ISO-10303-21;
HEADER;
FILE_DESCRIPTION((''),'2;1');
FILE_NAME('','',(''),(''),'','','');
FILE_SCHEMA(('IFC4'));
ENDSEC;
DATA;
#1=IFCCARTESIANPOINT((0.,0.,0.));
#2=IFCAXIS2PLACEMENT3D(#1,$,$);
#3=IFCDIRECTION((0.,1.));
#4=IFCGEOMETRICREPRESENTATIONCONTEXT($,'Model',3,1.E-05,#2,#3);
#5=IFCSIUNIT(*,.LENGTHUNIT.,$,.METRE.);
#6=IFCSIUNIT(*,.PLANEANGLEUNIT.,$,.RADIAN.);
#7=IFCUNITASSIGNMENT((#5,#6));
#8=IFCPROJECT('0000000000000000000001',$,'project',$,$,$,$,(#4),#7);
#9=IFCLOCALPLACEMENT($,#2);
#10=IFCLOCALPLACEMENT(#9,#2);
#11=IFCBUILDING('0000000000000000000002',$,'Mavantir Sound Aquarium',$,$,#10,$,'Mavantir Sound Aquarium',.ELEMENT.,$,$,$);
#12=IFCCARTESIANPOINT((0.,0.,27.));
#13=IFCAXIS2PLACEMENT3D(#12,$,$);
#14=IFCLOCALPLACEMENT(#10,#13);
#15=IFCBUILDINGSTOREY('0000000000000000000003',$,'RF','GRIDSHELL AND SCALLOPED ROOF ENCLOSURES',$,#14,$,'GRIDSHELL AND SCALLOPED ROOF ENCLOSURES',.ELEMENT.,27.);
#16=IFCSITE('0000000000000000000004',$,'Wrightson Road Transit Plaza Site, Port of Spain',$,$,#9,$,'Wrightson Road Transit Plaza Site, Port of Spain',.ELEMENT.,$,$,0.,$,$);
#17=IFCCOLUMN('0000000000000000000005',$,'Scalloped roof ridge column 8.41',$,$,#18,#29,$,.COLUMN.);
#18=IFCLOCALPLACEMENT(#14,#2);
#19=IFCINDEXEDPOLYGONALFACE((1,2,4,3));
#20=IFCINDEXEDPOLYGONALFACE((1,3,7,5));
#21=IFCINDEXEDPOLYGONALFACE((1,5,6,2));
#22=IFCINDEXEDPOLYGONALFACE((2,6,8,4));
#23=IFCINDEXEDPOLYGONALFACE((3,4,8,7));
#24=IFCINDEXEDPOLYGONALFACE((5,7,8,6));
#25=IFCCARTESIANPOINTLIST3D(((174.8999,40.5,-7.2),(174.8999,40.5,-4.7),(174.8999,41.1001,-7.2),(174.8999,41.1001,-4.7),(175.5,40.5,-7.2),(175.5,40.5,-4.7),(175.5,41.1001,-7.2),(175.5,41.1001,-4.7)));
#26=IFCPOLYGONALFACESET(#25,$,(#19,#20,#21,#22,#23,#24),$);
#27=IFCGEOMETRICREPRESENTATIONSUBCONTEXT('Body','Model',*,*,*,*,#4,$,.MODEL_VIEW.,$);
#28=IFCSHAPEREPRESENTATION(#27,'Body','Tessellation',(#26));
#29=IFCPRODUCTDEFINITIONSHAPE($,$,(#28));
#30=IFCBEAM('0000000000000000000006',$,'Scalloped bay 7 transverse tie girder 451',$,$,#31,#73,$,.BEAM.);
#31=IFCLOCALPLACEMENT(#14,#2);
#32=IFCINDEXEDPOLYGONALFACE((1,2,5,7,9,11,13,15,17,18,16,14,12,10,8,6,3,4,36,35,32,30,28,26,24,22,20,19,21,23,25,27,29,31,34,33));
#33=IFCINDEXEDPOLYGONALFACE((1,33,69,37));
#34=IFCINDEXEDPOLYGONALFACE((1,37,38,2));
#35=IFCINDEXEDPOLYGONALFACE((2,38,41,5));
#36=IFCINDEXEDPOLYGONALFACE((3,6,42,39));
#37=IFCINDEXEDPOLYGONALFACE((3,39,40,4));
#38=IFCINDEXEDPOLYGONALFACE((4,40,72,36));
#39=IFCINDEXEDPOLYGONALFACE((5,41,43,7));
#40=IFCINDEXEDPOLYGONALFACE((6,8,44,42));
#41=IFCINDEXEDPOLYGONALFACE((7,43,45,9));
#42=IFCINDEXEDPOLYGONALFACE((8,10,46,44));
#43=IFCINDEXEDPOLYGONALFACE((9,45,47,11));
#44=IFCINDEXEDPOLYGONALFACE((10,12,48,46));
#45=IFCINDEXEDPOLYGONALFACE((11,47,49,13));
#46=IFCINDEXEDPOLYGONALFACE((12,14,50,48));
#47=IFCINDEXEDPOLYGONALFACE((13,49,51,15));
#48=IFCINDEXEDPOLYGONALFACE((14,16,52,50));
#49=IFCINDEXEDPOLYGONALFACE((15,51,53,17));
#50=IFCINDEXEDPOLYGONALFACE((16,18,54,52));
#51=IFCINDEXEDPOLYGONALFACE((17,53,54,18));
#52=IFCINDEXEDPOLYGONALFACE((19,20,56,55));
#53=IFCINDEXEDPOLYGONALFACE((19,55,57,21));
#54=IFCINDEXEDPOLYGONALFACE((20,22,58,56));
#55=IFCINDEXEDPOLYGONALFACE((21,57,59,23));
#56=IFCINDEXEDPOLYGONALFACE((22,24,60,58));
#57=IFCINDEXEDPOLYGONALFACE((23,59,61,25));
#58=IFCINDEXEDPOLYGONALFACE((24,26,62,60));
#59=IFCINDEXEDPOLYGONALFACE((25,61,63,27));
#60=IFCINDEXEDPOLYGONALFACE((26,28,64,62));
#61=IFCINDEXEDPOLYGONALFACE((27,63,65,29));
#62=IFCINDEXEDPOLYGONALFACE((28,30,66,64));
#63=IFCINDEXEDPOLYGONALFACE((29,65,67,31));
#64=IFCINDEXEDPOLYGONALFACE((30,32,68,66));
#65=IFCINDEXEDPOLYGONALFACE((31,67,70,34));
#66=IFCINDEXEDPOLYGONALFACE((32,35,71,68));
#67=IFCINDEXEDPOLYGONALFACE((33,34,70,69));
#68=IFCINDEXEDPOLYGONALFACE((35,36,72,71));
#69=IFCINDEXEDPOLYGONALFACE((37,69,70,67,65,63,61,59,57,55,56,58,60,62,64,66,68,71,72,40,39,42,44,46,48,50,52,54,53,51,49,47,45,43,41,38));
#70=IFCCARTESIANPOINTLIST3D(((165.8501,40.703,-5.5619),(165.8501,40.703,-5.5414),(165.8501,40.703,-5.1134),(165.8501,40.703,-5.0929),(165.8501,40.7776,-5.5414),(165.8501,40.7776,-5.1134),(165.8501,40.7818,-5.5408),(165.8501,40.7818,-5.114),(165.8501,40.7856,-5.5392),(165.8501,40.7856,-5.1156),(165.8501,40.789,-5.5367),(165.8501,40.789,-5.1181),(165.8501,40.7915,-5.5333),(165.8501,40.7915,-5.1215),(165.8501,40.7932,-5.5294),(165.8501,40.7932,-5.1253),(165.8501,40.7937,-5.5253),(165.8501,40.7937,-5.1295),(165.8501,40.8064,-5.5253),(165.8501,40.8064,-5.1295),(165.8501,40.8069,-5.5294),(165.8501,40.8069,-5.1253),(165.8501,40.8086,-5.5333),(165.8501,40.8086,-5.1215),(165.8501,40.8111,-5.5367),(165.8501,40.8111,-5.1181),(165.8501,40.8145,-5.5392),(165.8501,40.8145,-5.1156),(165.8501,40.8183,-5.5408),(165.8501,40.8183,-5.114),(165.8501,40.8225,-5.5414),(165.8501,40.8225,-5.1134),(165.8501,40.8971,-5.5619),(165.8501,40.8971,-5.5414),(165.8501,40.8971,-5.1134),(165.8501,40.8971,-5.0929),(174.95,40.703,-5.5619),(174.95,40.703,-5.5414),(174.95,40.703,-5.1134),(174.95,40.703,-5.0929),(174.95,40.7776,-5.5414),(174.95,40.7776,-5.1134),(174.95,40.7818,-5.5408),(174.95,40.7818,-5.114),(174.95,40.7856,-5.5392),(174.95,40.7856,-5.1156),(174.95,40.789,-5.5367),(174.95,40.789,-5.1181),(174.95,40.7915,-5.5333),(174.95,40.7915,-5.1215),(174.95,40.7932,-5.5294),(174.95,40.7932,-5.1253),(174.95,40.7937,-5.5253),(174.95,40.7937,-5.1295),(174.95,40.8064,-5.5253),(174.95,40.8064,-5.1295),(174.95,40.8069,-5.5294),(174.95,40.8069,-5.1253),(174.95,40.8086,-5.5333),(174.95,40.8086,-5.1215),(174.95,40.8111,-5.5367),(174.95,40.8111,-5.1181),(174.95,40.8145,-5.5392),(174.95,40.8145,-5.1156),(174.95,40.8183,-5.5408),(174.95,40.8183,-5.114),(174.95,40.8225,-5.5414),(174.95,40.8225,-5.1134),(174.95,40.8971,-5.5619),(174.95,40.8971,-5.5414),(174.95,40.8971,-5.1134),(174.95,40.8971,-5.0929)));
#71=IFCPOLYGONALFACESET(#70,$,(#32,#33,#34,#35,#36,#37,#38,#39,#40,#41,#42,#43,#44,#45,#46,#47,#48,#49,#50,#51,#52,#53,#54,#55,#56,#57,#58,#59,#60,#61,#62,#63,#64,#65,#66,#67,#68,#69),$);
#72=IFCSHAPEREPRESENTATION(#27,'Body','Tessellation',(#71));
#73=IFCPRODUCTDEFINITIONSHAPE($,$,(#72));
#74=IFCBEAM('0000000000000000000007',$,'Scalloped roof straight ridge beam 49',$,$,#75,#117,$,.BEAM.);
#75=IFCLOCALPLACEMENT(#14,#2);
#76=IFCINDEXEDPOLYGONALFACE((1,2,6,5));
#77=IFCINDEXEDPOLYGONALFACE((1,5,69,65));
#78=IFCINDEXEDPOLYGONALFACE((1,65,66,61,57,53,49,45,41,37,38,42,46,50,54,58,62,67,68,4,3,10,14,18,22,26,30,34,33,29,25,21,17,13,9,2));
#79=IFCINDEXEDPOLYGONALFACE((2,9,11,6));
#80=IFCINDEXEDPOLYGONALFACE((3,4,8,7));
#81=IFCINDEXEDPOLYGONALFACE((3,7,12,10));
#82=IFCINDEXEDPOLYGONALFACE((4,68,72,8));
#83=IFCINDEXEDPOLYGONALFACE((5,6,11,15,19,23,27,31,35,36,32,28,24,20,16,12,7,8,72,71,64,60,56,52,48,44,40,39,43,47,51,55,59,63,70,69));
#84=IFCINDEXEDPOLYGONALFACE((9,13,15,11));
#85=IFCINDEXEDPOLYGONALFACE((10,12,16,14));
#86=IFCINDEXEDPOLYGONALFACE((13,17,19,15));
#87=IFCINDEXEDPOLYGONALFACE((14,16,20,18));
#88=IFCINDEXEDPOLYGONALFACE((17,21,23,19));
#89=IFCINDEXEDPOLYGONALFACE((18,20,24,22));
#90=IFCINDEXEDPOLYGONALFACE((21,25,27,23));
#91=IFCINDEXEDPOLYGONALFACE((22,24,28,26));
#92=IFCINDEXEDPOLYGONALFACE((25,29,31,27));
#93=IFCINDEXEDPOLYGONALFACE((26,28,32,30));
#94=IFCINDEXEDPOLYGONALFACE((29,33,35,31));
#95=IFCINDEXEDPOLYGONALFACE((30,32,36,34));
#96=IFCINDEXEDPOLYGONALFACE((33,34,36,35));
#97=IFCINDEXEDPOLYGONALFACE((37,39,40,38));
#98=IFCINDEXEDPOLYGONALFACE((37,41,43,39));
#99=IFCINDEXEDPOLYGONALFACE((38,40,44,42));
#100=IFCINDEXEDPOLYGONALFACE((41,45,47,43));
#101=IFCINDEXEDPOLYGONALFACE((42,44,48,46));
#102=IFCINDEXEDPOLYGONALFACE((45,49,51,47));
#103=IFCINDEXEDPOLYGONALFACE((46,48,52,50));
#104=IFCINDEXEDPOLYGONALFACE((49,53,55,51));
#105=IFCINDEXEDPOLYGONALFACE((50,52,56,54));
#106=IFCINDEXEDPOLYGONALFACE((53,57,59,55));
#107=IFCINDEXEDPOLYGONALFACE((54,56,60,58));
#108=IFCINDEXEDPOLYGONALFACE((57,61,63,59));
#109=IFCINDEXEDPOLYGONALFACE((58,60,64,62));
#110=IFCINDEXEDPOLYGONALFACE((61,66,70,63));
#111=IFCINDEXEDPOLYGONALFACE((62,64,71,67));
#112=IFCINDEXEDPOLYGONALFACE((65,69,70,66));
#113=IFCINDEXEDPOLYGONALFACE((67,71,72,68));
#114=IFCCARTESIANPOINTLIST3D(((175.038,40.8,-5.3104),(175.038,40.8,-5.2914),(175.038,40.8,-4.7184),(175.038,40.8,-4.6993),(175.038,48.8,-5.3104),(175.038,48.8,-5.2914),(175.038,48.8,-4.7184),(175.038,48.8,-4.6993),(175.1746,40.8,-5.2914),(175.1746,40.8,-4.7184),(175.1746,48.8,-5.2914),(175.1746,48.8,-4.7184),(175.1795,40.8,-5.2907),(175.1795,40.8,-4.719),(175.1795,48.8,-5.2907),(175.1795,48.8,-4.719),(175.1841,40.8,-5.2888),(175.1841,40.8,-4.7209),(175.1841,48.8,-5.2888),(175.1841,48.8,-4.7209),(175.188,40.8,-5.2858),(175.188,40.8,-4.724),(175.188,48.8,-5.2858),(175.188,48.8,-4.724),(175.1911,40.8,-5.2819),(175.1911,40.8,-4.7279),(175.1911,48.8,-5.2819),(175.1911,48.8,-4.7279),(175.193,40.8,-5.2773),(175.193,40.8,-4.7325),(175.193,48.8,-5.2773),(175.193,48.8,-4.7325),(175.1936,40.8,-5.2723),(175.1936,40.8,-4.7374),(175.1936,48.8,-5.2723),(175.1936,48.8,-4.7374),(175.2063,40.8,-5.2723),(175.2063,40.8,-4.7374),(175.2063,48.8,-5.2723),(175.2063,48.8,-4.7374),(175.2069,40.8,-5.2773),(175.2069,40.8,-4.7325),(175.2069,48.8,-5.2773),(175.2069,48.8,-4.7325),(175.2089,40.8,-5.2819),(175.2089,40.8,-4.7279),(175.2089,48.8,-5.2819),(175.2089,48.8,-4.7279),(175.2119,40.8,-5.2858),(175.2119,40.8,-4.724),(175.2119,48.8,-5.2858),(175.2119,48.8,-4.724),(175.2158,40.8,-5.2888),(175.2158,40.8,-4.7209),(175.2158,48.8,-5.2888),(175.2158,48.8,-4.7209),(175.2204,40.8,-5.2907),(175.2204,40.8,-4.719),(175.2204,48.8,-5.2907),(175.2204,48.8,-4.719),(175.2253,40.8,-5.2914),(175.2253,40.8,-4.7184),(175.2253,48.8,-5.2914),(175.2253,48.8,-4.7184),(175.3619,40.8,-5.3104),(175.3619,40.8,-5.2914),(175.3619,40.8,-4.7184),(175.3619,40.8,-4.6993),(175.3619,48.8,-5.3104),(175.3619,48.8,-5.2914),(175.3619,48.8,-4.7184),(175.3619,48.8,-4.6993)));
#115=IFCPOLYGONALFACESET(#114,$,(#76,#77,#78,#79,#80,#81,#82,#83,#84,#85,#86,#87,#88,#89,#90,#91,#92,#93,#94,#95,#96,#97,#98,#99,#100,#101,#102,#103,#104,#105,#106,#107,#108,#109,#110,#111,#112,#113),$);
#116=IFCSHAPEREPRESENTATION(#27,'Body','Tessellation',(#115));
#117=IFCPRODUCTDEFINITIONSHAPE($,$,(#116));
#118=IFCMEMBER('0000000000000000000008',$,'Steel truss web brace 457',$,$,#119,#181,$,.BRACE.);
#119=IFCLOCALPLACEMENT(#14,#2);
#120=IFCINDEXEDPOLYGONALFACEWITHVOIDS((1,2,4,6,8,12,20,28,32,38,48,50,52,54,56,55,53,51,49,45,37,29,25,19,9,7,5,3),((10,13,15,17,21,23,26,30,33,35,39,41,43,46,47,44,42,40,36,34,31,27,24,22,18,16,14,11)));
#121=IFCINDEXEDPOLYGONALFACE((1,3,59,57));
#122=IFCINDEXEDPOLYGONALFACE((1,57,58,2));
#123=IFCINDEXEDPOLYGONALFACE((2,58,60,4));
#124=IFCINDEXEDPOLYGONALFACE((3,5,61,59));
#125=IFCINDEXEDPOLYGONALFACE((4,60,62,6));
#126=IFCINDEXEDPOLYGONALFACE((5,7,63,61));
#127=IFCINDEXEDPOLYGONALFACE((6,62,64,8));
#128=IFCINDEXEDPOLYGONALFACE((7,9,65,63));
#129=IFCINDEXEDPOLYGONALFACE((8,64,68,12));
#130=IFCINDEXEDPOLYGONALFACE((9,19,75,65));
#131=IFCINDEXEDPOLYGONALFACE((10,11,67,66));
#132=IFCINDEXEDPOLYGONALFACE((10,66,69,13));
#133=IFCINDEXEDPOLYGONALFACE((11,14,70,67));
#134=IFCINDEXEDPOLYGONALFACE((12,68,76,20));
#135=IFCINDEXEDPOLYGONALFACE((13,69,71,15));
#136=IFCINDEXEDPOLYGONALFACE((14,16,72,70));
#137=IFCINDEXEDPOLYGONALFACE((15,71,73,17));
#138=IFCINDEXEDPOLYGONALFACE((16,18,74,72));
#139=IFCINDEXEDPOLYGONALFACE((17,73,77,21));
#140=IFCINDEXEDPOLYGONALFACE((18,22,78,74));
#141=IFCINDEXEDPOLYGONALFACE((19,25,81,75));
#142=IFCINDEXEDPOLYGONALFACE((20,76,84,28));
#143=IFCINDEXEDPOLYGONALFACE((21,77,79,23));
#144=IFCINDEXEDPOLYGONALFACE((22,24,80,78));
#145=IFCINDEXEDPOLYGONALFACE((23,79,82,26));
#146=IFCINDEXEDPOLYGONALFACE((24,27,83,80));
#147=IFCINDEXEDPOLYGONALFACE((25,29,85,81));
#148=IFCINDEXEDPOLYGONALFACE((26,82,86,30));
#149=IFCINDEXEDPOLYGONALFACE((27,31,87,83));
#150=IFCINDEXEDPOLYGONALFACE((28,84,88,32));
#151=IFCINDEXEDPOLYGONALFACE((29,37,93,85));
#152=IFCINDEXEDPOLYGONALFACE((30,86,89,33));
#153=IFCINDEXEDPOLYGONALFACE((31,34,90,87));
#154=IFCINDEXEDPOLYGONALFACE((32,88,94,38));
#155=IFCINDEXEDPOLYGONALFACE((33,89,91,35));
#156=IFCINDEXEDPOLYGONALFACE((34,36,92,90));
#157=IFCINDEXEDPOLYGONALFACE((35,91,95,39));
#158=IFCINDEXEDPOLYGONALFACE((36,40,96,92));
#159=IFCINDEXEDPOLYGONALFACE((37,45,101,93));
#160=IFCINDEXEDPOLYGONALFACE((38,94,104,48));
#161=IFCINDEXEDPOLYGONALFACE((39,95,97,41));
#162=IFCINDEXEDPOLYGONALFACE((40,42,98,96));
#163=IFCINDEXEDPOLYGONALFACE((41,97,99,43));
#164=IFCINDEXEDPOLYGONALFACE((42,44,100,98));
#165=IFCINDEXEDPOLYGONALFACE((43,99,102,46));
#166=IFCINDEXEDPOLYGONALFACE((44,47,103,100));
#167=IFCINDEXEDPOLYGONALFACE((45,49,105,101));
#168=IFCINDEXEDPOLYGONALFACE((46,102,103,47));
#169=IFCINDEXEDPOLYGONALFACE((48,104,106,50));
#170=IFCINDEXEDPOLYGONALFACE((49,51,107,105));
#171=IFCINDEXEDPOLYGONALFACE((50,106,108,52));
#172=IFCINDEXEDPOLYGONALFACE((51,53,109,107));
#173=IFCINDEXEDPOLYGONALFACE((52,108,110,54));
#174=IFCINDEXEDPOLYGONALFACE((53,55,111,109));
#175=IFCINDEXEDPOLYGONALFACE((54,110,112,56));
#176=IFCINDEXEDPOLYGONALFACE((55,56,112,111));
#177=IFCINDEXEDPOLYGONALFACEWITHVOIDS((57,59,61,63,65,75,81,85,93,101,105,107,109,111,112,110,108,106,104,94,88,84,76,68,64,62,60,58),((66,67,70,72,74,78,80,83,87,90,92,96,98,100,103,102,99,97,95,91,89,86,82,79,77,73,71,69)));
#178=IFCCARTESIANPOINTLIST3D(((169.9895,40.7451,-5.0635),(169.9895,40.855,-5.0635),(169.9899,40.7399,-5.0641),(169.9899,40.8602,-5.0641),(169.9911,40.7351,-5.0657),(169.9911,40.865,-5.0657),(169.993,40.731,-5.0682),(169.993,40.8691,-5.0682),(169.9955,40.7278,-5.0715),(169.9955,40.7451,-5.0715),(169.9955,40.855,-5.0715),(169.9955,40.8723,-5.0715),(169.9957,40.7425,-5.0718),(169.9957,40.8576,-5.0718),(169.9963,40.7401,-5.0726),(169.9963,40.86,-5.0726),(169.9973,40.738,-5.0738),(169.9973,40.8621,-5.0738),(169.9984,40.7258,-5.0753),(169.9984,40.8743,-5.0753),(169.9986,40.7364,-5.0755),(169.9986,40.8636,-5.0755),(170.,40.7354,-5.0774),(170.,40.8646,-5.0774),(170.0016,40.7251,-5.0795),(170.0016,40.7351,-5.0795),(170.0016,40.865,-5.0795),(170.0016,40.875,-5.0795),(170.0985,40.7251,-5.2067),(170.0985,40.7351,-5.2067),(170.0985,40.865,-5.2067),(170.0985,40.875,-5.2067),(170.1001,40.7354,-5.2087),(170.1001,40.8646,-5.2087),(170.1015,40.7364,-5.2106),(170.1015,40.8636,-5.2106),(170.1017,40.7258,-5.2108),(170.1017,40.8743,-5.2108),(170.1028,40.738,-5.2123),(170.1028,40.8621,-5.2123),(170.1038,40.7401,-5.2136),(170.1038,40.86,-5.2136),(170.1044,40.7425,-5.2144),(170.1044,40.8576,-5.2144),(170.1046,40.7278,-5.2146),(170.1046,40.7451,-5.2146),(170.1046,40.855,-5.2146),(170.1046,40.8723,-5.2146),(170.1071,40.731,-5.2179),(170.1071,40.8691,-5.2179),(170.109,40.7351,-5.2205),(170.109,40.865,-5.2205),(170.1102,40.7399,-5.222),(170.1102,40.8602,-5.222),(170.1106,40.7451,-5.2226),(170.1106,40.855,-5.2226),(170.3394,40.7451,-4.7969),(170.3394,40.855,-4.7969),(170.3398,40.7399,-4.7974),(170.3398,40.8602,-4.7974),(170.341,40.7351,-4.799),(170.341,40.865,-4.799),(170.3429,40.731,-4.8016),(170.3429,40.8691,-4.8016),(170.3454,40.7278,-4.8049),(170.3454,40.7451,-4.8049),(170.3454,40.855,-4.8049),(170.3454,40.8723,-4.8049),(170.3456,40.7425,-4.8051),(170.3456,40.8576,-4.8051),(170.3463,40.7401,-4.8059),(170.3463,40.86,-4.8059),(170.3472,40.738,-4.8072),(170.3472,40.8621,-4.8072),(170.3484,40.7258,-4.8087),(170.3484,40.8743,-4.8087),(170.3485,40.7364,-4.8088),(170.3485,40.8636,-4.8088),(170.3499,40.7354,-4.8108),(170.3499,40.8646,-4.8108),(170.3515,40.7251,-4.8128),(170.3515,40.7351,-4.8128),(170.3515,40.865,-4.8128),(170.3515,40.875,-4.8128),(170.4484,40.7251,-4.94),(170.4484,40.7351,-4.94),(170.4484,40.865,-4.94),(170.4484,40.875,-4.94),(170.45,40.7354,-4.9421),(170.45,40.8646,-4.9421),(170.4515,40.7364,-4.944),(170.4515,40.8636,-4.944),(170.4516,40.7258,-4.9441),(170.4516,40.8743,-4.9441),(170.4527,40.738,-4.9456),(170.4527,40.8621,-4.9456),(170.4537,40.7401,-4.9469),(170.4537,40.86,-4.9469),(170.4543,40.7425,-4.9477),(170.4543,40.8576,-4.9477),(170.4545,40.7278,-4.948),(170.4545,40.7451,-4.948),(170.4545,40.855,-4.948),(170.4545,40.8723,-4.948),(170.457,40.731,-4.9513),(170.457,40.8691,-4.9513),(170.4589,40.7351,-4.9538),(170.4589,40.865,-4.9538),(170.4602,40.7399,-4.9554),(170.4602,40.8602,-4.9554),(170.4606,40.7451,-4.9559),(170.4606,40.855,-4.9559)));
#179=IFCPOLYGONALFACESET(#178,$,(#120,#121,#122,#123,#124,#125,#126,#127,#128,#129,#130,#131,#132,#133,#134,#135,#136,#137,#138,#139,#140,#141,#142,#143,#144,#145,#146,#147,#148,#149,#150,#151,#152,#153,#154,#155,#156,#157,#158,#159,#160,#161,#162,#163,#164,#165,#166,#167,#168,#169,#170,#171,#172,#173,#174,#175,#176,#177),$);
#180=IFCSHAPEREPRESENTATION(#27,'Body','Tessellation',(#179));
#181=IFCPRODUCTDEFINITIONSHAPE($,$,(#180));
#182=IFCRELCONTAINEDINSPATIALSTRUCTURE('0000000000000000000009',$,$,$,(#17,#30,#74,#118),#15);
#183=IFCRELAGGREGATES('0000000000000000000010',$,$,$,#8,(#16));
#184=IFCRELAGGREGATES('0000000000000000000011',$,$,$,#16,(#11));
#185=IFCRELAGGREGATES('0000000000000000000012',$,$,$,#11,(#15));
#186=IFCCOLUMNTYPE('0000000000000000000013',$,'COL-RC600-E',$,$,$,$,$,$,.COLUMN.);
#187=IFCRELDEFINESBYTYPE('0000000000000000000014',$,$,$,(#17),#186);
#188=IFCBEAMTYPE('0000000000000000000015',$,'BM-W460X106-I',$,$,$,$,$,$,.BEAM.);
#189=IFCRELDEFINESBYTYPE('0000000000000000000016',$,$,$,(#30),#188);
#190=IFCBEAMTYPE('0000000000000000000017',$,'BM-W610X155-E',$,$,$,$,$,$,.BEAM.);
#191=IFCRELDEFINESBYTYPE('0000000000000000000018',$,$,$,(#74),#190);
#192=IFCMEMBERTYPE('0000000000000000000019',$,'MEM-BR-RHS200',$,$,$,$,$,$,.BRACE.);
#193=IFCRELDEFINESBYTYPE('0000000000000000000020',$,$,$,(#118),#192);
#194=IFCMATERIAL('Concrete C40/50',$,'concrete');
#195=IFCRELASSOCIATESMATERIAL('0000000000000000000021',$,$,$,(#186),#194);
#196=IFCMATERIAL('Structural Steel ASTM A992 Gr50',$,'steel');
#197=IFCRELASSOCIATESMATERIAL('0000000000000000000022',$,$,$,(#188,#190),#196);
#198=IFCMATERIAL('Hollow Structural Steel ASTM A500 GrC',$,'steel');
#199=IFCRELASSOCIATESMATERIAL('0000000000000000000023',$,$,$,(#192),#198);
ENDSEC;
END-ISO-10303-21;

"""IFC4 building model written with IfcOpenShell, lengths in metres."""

from ifc_helpers import new_model, si_unit, direction, frame, origin, origin_2d, place, context, subcontext, project, spatial, rectangle, hollow_rectangle, i_section, extrude, material, material_profile, profile_set, type_object, element, save


model = new_model("IFC4")

# Units and contexts
model_context = context("Model", 3, precision=1e-05, world=origin(), true_north=direction((0.0, 1.0)))
body_context = subcontext(model_context, "Body", "Model", "MODEL_VIEW")
ifc_project = project(units=[si_unit("LENGTHUNIT", "METRE"), si_unit("PLANEANGLEUNIT", "RADIAN")], contexts=[model_context])

# Site, building, storey
site_placement = place(None, origin())
site = spatial("IfcSite", under=ifc_project, at=site_placement, Name="Wrightson Road Transit Plaza Site, Port of Spain", LongName="Wrightson Road Transit Plaza Site, Port of Spain", CompositionType="ELEMENT", RefElevation=0.0)
building_placement = place(site_placement, origin())
building = spatial("IfcBuilding", under=site, at=building_placement, Name="Mavantir Sound Aquarium", LongName="Mavantir Sound Aquarium", CompositionType="ELEMENT")
storey_placement = place(building_placement, frame((0.0, 0.0, 27.0)))
storey = spatial("IfcBuildingStorey", under=building, at=storey_placement, Name="RF", Description="GRIDSHELL AND SCALLOPED ROOF ENCLOSURES", LongName="GRIDSHELL AND SCALLOPED ROOF ENCLOSURES", CompositionType="ELEMENT", Elevation=27.0)

# Column
ifc_material_1 = material(Name="Concrete C40/50", Category="concrete")
ifc_material_profile_1 = material_profile(ifc_material_1, rectangle(XDim=0.6001, YDim=0.6001, at=origin_2d()), Name="RC 600X600")
ifc_profile_set_1 = profile_set([ifc_material_profile_1], Name="Concrete C40/50")
column_type = type_object("IfcColumnType", Name="COL-RC600-E", PredefinedType="COLUMN", material=ifc_profile_set_1)
column_placement = place(storey_placement, frame((175.2, 40.8, -7.2), z_axis=(0.0, 0.0, 1.0), x_axis=(1.0, 0.0, 0.0)))
element("IfcColumn", 1, at=column_placement, inside=storey, type_object=column_type, Name="Scalloped roof ridge column 8.41", PredefinedType="COLUMN", context=body_context, shape_type="SweptSolid", body=[
    extrude(rectangle(XDim=0.6001, YDim=0.6001, at=origin_2d()), origin(), (0.0, 0.0, 1.0), 2.5),
])

# Beams
ifc_material_2 = material(Name="Structural Steel ASTM A992 Gr50", Category="steel")
ifc_material_profile_2 = material_profile(ifc_material_2, i_section(OverallWidth=0.1941, OverallDepth=0.469, WebThickness=0.0127, FlangeThickness=0.0205, FilletRadius=0.0161, at=origin_2d()), Name="W460X106")
ifc_profile_set_2 = profile_set([ifc_material_profile_2], Name="Structural Steel ASTM A992 Gr50")
beam_type_1 = type_object("IfcBeamType", Name="BM-W460X106-I", PredefinedType="BEAM", material=ifc_profile_set_2)
beam_1_placement = place(storey_placement, frame((165.8501, 40.8, -5.3274), z_axis=(1.0, 0.0, 0.0), x_axis=(0.0, 1.0, 0.0)))
element("IfcBeam", 2, at=beam_1_placement, inside=storey, type_object=beam_type_1, Name="Scalloped bay 7 transverse tie girder 451", PredefinedType="BEAM", context=body_context, shape_type="SweptSolid", body=[
    extrude(i_section(OverallWidth=0.1941, OverallDepth=0.469, WebThickness=0.0127, FlangeThickness=0.0205, FilletRadius=0.0161, at=origin_2d()), origin(), (0.0, 0.0, 1.0), 9.0999),
])
ifc_material_profile_3 = material_profile(ifc_material_2, i_section(OverallWidth=0.324, OverallDepth=0.6111, WebThickness=0.0127, FlangeThickness=0.019, FilletRadius=0.019, at=origin_2d()), Name="W610X155")
ifc_profile_set_3 = profile_set([ifc_material_profile_3], Name="Structural Steel ASTM A992 Gr50")
beam_type_2 = type_object("IfcBeamType", Name="BM-W610X155-E", PredefinedType="BEAM", material=ifc_profile_set_3)
beam_2_placement = place(storey_placement, frame((175.2, 40.8, -5.0049), z_axis=(0.0, 1.0, 0.0), x_axis=(-1.0, 0.0, 0.0)))
element("IfcBeam", 3, at=beam_2_placement, inside=storey, type_object=beam_type_2, Name="Scalloped roof straight ridge beam 49", PredefinedType="BEAM", context=body_context, shape_type="SweptSolid", body=[
    extrude(i_section(OverallWidth=0.324, OverallDepth=0.6111, WebThickness=0.0127, FlangeThickness=0.019, FilletRadius=0.019, at=origin_2d()), origin(), (0.0, 0.0, 1.0), 8.0),
])

# Member
ifc_material_3 = material(Name="Hollow Structural Steel ASTM A500 GrC", Category="steel")
ifc_material_profile_4 = material_profile(ifc_material_3, hollow_rectangle(XDim=0.1499, YDim=0.2, WallThickness=0.01, InnerFilletRadius=0.01, OuterFilletRadius=0.02, at=origin_2d()), Name="RHS 200X150X10")
ifc_profile_set_4 = profile_set([ifc_material_profile_4], Name="Hollow Structural Steel ASTM A500 GrC")
member_type_1 = type_object("IfcMemberType", Name="MEM-BR-RHS200", PredefinedType="BRACE", material=ifc_profile_set_4)
member_1_placement = place(storey_placement, frame((170.05, 40.8, -5.1431), z_axis=(0.795381, 0.0, 0.60611), x_axis=(0.0, 1.0, 0.0)))
element("IfcMember", 4, at=member_1_placement, inside=storey, type_object=member_type_1, Name="Steel truss web brace 457", PredefinedType="BRACE", context=body_context, shape_type="SweptSolid", body=[
    extrude(hollow_rectangle(XDim=0.1499, YDim=0.2, WallThickness=0.01, InnerFilletRadius=0.01, OuterFilletRadius=0.02, at=origin_2d()), origin(), (0.0, 0.0, 1.0), 0.4399),
])

save(model, "model.ifc")
